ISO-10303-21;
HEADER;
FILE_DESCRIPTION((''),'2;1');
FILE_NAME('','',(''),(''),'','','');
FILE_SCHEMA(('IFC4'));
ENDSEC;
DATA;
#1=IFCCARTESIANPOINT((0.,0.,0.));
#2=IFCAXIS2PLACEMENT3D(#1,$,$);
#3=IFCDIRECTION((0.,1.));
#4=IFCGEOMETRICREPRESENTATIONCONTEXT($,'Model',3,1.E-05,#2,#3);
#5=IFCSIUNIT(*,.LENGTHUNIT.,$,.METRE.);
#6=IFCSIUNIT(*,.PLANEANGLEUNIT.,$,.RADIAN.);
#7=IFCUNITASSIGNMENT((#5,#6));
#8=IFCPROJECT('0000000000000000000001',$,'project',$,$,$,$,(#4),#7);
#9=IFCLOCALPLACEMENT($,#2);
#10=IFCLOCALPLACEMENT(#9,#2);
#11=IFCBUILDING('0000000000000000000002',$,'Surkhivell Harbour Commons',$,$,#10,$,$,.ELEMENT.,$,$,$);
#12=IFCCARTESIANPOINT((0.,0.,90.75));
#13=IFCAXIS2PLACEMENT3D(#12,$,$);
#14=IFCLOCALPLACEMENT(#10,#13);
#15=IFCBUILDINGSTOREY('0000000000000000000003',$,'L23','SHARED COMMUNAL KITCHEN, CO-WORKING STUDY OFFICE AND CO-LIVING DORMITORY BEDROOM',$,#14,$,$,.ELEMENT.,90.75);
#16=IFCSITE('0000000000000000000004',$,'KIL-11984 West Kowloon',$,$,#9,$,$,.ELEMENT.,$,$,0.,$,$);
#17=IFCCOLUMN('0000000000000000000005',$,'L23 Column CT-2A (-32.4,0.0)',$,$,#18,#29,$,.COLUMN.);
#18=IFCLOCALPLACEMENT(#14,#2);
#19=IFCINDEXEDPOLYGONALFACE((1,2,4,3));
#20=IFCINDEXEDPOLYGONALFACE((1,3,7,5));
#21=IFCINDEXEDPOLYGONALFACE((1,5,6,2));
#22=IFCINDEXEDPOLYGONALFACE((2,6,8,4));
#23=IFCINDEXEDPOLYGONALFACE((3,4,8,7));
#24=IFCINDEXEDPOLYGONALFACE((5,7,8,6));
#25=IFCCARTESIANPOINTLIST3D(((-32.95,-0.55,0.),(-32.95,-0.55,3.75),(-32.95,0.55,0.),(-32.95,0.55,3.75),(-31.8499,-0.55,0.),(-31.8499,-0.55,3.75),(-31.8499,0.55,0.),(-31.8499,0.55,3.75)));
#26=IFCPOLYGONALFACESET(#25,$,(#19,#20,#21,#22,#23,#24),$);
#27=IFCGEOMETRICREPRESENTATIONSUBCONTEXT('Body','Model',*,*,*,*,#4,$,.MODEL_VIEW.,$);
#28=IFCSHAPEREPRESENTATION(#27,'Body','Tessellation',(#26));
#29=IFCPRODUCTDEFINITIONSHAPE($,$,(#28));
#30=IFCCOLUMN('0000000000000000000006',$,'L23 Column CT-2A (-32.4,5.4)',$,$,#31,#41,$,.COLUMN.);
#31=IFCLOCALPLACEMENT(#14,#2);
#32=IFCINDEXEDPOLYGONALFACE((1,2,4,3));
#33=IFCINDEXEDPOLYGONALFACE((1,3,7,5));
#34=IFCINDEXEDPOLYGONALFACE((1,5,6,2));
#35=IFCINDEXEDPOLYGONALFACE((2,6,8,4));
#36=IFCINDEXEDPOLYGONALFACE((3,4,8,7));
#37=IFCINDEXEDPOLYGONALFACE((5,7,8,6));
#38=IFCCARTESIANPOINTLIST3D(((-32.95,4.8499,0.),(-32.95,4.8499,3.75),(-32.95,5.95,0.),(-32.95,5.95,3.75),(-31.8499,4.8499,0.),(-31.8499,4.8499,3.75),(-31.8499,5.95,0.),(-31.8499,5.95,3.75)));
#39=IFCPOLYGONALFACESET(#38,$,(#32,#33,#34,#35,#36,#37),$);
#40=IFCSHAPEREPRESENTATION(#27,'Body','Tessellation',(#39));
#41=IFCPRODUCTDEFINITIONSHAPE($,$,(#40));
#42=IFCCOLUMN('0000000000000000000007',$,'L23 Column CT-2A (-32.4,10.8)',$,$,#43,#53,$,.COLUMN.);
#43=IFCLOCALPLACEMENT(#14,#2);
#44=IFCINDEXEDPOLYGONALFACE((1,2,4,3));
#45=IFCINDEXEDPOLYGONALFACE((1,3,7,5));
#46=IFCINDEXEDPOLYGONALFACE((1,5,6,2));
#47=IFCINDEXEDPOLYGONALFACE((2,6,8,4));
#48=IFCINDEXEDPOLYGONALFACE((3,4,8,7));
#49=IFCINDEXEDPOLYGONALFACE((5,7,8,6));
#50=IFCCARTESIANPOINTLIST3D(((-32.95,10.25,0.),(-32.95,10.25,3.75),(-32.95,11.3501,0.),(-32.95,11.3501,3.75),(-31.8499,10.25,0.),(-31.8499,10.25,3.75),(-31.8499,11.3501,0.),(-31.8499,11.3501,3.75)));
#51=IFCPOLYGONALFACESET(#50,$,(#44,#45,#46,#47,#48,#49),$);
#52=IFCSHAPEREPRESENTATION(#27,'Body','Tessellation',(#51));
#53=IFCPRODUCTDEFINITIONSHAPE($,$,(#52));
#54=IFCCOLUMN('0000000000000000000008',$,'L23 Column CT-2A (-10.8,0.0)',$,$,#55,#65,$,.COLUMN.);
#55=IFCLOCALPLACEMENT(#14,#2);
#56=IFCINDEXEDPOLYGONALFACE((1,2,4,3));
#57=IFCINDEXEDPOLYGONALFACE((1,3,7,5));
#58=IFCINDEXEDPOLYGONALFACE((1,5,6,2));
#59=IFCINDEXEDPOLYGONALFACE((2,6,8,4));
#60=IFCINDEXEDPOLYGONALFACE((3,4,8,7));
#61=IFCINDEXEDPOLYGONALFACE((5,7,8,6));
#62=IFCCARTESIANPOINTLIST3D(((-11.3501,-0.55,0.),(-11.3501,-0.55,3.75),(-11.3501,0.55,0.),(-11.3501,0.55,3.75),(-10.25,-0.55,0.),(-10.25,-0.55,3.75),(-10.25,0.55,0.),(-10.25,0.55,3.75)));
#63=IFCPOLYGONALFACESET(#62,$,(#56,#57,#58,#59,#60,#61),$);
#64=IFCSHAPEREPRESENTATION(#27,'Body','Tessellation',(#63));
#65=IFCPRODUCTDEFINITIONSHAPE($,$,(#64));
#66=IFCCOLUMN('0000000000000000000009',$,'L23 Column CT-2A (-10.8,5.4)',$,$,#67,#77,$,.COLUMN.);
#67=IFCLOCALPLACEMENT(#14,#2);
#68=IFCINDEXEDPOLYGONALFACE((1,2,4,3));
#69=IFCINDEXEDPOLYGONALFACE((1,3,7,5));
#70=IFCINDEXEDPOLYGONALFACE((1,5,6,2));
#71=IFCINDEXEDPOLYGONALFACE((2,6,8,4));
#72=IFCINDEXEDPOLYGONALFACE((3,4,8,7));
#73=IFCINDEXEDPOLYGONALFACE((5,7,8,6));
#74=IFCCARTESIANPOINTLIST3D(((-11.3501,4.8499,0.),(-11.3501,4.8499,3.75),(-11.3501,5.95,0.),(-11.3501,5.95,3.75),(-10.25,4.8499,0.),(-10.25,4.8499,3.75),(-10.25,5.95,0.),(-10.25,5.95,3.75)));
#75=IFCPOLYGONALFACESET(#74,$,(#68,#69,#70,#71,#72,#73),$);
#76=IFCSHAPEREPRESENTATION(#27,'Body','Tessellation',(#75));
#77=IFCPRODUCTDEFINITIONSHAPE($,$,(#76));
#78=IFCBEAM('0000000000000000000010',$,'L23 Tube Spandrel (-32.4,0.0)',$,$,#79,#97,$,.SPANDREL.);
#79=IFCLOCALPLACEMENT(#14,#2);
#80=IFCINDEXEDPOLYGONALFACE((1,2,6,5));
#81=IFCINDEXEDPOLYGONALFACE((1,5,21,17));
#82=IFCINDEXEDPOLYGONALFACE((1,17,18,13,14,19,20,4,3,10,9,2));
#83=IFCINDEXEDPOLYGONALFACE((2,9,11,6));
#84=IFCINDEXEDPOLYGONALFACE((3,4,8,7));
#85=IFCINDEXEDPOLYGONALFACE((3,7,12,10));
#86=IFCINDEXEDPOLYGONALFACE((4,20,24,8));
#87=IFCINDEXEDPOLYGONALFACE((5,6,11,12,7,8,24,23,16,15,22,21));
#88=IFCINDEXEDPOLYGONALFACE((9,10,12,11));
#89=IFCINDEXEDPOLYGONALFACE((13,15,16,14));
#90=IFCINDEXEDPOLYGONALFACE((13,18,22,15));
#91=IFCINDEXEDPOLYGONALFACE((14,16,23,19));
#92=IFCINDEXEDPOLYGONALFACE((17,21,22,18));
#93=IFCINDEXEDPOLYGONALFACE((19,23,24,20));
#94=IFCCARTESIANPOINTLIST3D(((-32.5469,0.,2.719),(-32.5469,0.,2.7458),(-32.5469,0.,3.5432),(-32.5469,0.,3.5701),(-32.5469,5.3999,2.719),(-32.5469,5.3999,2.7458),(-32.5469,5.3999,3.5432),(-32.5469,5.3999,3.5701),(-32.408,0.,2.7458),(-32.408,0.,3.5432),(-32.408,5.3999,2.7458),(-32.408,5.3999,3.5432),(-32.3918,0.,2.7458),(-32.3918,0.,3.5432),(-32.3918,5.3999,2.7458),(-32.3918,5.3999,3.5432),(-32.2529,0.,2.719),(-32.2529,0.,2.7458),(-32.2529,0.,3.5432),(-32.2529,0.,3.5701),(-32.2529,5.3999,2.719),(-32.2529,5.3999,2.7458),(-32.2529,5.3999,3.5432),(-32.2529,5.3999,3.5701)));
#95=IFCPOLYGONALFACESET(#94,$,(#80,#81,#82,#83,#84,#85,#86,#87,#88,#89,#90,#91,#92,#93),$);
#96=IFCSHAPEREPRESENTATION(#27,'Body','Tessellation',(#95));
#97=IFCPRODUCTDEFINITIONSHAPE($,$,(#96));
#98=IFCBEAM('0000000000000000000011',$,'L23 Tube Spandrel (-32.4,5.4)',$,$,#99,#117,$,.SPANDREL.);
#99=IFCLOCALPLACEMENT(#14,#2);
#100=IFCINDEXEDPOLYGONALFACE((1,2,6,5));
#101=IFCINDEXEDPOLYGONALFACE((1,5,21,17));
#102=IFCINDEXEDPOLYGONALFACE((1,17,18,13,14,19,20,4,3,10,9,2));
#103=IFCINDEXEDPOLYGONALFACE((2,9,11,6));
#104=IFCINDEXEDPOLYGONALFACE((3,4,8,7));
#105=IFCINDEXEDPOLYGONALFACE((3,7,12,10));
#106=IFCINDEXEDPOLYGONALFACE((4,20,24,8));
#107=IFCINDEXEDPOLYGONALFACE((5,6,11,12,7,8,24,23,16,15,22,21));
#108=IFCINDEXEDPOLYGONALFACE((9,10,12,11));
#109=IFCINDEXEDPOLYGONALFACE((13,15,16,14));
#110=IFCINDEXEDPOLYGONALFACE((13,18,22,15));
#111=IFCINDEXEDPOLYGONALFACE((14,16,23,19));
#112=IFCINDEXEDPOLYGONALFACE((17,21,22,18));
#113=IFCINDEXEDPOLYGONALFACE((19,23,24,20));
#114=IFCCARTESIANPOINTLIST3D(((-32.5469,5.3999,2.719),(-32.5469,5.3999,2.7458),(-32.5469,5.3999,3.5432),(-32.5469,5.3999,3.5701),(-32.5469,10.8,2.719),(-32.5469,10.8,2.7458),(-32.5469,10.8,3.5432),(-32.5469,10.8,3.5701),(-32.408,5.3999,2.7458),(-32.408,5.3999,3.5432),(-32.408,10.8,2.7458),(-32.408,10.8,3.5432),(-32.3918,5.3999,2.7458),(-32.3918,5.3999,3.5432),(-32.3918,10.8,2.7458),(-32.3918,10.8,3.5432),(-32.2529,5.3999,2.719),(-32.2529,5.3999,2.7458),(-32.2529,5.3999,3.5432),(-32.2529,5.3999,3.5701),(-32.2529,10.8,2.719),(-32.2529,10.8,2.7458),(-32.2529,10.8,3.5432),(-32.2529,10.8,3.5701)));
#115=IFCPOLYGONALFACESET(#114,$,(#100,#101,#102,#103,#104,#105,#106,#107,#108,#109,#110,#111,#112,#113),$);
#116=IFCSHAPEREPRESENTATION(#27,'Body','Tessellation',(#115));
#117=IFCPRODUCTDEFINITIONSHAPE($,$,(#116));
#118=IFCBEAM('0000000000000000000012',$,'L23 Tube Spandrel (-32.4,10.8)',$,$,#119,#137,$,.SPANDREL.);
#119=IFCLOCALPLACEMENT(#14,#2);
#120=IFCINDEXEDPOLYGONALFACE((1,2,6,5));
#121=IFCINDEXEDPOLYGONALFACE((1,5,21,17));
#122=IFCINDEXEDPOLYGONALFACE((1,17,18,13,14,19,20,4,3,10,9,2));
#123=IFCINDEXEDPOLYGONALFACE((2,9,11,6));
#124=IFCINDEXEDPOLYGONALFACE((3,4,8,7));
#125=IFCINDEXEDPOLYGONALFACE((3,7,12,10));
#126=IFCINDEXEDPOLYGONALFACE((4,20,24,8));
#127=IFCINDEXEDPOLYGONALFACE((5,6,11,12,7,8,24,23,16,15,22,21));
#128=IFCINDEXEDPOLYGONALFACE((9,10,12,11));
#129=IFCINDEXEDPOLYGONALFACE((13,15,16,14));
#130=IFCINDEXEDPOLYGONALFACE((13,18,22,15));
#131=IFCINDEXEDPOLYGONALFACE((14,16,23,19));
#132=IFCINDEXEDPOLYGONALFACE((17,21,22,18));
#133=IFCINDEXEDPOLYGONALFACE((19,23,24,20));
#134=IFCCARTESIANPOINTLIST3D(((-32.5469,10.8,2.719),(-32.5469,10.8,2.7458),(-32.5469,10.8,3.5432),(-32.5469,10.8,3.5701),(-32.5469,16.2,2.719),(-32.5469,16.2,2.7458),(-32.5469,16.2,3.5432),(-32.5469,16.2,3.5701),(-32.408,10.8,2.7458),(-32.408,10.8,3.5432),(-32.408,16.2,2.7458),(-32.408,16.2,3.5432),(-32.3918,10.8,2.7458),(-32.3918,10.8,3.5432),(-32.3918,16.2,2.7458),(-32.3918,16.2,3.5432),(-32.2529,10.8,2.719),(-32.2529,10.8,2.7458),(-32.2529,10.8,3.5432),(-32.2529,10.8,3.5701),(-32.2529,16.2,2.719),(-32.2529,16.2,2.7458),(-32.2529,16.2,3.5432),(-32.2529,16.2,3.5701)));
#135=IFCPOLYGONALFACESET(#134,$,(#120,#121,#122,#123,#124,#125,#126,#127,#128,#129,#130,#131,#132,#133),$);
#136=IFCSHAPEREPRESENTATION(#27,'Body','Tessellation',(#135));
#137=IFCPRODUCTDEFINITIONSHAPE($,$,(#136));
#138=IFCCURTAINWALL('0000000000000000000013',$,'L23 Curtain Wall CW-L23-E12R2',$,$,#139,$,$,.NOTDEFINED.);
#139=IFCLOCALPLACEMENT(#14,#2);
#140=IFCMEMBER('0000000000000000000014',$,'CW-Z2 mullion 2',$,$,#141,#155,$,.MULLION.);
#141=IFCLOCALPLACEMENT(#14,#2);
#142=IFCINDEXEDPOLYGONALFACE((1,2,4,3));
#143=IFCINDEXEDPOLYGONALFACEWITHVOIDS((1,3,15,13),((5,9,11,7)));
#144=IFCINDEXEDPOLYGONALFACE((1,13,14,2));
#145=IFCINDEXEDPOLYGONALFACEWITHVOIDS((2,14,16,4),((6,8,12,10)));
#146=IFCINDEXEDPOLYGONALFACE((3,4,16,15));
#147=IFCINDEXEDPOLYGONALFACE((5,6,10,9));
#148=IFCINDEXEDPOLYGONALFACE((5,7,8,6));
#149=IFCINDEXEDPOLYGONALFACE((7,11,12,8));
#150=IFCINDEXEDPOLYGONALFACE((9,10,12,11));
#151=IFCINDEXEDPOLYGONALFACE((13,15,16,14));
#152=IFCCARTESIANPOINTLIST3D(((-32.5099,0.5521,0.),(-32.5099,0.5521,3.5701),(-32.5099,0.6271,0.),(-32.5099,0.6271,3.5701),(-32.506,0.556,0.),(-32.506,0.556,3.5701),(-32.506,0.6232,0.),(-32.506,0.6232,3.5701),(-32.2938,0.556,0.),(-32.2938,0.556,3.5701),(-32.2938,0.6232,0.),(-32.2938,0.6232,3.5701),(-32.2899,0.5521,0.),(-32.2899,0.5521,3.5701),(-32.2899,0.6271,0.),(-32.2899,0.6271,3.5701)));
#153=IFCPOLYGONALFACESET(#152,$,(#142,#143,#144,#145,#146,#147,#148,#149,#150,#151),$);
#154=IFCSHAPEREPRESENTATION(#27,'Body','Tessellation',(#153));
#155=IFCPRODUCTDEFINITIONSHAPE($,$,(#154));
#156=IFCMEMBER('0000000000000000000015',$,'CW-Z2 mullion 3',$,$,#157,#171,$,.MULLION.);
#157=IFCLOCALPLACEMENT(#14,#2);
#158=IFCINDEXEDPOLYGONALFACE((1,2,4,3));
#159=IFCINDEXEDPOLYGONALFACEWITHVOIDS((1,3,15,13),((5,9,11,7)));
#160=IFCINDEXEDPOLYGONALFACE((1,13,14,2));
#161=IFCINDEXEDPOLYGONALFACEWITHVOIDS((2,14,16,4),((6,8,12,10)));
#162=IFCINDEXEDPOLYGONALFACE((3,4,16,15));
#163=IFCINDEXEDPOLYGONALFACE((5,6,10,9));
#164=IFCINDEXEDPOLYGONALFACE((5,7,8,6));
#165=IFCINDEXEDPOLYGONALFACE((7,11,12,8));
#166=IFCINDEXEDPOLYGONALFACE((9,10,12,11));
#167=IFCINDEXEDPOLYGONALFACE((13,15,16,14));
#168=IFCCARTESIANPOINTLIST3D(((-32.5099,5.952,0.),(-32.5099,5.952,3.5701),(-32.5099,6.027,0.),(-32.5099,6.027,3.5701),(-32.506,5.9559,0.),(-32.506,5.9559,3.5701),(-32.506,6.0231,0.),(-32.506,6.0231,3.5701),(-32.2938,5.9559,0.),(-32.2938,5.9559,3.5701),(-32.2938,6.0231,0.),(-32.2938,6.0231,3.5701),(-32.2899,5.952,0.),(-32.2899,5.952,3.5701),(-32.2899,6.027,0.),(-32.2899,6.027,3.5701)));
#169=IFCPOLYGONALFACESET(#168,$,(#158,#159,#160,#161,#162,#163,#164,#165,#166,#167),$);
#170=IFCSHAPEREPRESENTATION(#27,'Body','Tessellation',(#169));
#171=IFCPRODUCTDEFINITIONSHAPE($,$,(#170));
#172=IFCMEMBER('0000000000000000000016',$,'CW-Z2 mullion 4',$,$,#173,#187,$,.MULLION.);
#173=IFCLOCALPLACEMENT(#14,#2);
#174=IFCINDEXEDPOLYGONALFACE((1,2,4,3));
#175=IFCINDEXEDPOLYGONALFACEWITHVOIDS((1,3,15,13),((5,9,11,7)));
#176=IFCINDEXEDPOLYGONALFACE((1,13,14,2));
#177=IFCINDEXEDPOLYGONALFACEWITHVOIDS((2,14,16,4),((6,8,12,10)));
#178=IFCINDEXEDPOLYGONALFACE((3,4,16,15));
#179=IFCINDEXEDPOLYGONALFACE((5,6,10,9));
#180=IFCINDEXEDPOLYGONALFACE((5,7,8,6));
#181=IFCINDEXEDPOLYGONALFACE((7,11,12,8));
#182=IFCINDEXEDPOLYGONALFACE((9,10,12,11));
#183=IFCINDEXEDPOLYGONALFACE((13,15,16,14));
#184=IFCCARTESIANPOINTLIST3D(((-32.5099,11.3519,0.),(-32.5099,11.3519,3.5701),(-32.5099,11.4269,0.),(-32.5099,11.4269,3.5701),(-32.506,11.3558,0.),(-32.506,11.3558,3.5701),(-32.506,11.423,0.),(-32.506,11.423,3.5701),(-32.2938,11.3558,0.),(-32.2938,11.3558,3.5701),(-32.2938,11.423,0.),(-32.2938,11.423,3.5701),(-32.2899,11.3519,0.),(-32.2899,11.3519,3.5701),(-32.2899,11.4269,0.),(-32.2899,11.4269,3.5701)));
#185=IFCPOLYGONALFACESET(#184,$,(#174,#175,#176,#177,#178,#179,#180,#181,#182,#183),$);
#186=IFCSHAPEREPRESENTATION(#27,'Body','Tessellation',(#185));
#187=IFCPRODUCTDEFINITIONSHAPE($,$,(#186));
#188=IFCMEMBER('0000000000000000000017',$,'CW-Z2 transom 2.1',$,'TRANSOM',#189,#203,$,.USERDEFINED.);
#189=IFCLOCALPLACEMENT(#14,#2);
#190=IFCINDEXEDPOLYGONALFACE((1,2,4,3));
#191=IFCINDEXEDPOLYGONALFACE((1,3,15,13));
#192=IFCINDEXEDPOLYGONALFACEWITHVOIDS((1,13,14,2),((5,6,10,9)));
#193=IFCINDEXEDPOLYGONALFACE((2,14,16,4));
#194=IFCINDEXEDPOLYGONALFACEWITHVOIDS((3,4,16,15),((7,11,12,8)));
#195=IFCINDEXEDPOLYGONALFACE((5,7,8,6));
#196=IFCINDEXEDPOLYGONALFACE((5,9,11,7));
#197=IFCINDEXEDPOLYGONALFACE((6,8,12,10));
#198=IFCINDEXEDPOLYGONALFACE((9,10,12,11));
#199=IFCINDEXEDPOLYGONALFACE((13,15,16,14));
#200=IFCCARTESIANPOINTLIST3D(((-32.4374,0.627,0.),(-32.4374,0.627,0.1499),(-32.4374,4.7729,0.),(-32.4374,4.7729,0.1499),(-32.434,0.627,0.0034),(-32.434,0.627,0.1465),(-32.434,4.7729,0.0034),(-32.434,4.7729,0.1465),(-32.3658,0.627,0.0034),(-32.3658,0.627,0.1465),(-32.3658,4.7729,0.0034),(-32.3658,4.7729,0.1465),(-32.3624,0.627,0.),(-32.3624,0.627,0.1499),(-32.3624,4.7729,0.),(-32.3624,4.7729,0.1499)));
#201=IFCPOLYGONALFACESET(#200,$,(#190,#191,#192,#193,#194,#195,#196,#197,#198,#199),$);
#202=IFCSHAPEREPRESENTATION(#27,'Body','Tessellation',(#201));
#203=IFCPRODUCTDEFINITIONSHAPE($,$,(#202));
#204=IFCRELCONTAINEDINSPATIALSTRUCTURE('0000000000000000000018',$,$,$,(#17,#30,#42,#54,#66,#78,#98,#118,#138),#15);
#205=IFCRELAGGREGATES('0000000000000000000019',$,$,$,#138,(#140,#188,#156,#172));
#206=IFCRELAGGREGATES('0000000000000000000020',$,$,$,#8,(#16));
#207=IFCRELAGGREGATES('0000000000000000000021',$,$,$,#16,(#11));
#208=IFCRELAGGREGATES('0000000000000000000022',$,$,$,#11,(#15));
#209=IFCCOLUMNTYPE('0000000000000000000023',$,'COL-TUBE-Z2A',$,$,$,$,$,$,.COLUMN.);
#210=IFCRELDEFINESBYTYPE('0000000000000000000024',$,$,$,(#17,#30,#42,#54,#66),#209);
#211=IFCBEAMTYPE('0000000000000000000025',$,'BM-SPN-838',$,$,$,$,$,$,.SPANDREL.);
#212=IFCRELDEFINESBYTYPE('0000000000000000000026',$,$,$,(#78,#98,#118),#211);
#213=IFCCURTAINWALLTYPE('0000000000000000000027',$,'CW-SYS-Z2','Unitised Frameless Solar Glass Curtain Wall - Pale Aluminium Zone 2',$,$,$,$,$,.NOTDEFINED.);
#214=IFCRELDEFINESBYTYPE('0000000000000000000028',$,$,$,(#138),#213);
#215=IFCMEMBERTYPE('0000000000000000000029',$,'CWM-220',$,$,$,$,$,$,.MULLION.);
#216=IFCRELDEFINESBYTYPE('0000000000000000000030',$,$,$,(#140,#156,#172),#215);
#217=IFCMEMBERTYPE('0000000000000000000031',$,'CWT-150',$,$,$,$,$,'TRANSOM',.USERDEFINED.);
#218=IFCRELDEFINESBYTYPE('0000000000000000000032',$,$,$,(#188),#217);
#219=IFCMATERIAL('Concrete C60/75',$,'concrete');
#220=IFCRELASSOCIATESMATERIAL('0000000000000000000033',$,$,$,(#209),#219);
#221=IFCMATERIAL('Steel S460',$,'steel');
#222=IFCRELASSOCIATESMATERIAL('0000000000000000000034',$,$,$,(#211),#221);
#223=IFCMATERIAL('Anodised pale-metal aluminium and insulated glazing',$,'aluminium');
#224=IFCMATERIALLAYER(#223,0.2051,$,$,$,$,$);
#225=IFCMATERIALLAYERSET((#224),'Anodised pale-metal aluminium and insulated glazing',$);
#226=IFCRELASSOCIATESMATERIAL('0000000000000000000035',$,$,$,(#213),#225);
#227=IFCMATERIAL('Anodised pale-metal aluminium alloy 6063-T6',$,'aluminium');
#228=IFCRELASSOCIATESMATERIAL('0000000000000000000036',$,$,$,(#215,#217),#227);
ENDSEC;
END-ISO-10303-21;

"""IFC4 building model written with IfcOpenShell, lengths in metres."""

from ifc_helpers import new_model, si_unit, direction, frame, origin, origin_2d, place, context, subcontext, project, spatial, rectangle, hollow_rectangle, i_section, extrude, material, layer, layer_set, material_profile, profile_set, type_object, element, aggregate, save


model = new_model("IFC4")

# Units and contexts
model_context = context("Model", 3, precision=1e-05, world=origin(), true_north=direction((0.0, 1.0)))
body_context = subcontext(model_context, "Body", "Model", "MODEL_VIEW")
ifc_project = project(units=[si_unit("LENGTHUNIT", "METRE"), si_unit("PLANEANGLEUNIT", "RADIAN")], contexts=[model_context])

# Site, building, storey
site_placement = place(None, origin())
site = spatial("IfcSite", under=ifc_project, at=site_placement, Name="KIL-11984 West Kowloon", CompositionType="ELEMENT", RefElevation=0.0)
building_placement = place(site_placement, origin())
building = spatial("IfcBuilding", under=site, at=building_placement, Name="Surkhivell Harbour Commons", CompositionType="ELEMENT")
storey_placement = place(building_placement, frame((0.0, 0.0, 90.75)))
storey = spatial("IfcBuildingStorey", under=building, at=storey_placement, Name="L23", Description="SHARED COMMUNAL KITCHEN, CO-WORKING STUDY OFFICE AND CO-LIVING DORMITORY BEDROOM", CompositionType="ELEMENT", Elevation=90.75)

# Columns
ifc_material_1 = material(Name="Concrete C60/75", Category="concrete")
ifc_material_profile_1 = material_profile(ifc_material_1, rectangle(XDim=1.1001, YDim=1.1001, at=origin_2d()), Name="RC-COL-1100x1100")
ifc_profile_set_1 = profile_set([ifc_material_profile_1], Name="Concrete C60/75")
column_type = type_object("IfcColumnType", Name="COL-TUBE-Z2A", PredefinedType="COLUMN", material=ifc_profile_set_1)
for number, where, z_axis, x_axis, name in (
    (1, (-32.3999, 0.0, 0.0), (0.0, 0.0, 1.0), (1.0, 0.0, 0.0), "L23 Column CT-2A (-32.4,0.0)"),
    (2, (-32.3999, 5.3999, 0.0), (0.0, 0.0, 1.0), (1.0, 0.0, 0.0), "L23 Column CT-2A (-32.4,5.4)"),
    (3, (-32.3999, 10.8, 0.0), (0.0, 0.0, 1.0), (1.0, 0.0, 0.0), "L23 Column CT-2A (-32.4,10.8)"),
    (4, (-10.8, 0.0, 0.0), (0.0, 0.0, 1.0), (1.0, 0.0, 0.0), "L23 Column CT-2A (-10.8,0.0)"),
    (5, (-10.8, 5.3999, 0.0), (0.0, 0.0, 1.0), (1.0, 0.0, 0.0), "L23 Column CT-2A (-10.8,5.4)"),
):
    element("IfcColumn", number, at=place(storey_placement, frame(where, z_axis=z_axis, x_axis=x_axis)), inside=storey, type_object=column_type, Name=name, PredefinedType="COLUMN", context=body_context, shape_type="SweptSolid", body=[
        extrude(rectangle(XDim=1.1001, YDim=1.1001, at=origin_2d()), origin(), (0.0, 0.0, 1.0), 3.75),
    ])

# Beams
ifc_material_2 = material(Name="Steel S460", Category="steel")
ifc_material_profile_2 = material_profile(ifc_material_2, i_section(OverallWidth=0.2939, OverallDepth=0.8511, WebThickness=0.0161, FlangeThickness=0.0269, at=origin_2d()), Name="UB838x292x226")
ifc_profile_set_2 = profile_set([ifc_material_profile_2], Name="Steel S460")
beam_type = type_object("IfcBeamType", Name="BM-SPN-838", PredefinedType="SPANDREL", material=ifc_profile_set_2)
beam_1_placement = place(storey_placement, frame((-32.3999, 0.0, 3.1445), z_axis=(0.0, 1.0, 0.0), x_axis=(-1.0, 0.0, 0.0)))
element("IfcBeam", 6, at=beam_1_placement, inside=storey, type_object=beam_type, Name="L23 Tube Spandrel (-32.4,0.0)", PredefinedType="SPANDREL", context=body_context, shape_type="SweptSolid", body=[
    extrude(i_section(OverallWidth=0.2939, OverallDepth=0.8511, WebThickness=0.0161, FlangeThickness=0.0269, at=origin_2d()), origin(), (0.0, 0.0, 1.0), 5.3999),
])
beam_2_placement = place(storey_placement, frame((-32.3999, 5.3999, 3.1445), z_axis=(0.0, 1.0, 0.0), x_axis=(-1.0, 0.0, 0.0)))
element("IfcBeam", 7, at=beam_2_placement, inside=storey, type_object=beam_type, Name="L23 Tube Spandrel (-32.4,5.4)", PredefinedType="SPANDREL", context=body_context, shape_type="SweptSolid", body=[
    extrude(i_section(OverallWidth=0.2939, OverallDepth=0.8511, WebThickness=0.0161, FlangeThickness=0.0269, at=origin_2d()), origin(), (0.0, 0.0, 1.0), 5.4001),
])
beam_3_placement = place(storey_placement, frame((-32.3999, 10.8, 3.1445), z_axis=(0.0, 1.0, 0.0), x_axis=(-1.0, 0.0, 0.0)))
element("IfcBeam", 8, at=beam_3_placement, inside=storey, type_object=beam_type, Name="L23 Tube Spandrel (-32.4,10.8)", PredefinedType="SPANDREL", context=body_context, shape_type="SweptSolid", body=[
    extrude(i_section(OverallWidth=0.2939, OverallDepth=0.8511, WebThickness=0.0161, FlangeThickness=0.0269, at=origin_2d()), origin(), (0.0, 0.0, 1.0), 5.3999),
])

# Curtain wall, members
ifc_material_3 = material(Name="Anodised pale-metal aluminium and insulated glazing", Category="aluminium")
ifc_layer_1 = layer(ifc_material_3, 0.2051)
ifc_layer_set_1 = layer_set([ifc_layer_1], Name="Anodised pale-metal aluminium and insulated glazing")
curtain_wall_type = type_object("IfcCurtainWallType", Name="CW-SYS-Z2", Description="Unitised Frameless Solar Glass Curtain Wall - Pale Aluminium Zone 2", PredefinedType="NOTDEFINED", material=ifc_layer_set_1)
curtain_wall_placement = place(storey_placement, origin())
curtain_wall = element("IfcCurtainWall", 9, at=curtain_wall_placement, inside=storey, type_object=curtain_wall_type, Name="L23 Curtain Wall CW-L23-E12R2", PredefinedType="NOTDEFINED")
ifc_material_4 = material(Name="Anodised pale-metal aluminium alloy 6063-T6", Category="aluminium")
ifc_material_profile_3 = material_profile(ifc_material_4, hollow_rectangle(XDim=0.075, YDim=0.22, WallThickness=0.0039, at=origin_2d()), Name="ALU-MULL-75x220")
ifc_profile_set_3 = profile_set([ifc_material_profile_3], Name="Anodised pale-metal aluminium alloy 6063-T6")
member_type_1 = type_object("IfcMemberType", Name="CWM-220", PredefinedType="MULLION", material=ifc_profile_set_3)
member_1_placement = place(storey_placement, frame((-32.3999, 0.5896, 0.0), z_axis=(0.0, 0.0, 1.0), x_axis=(0.0, 1.0, 0.0)))
member_1 = element("IfcMember", 10, at=member_1_placement, type_object=member_type_1, Name="CW-Z2 mullion 2", PredefinedType="MULLION", context=body_context, shape_type="SweptSolid", body=[
    extrude(hollow_rectangle(XDim=0.075, YDim=0.22, WallThickness=0.0039, at=origin_2d()), origin(), (0.0, 0.0, 1.0), 3.5701),
])
member_2_placement = place(storey_placement, frame((-32.3999, 5.9895, 0.0), z_axis=(0.0, 0.0, 1.0), x_axis=(0.0, 1.0, 0.0)))
member_2 = element("IfcMember", 11, at=member_2_placement, type_object=member_type_1, Name="CW-Z2 mullion 3", PredefinedType="MULLION", context=body_context, shape_type="SweptSolid", body=[
    extrude(hollow_rectangle(XDim=0.075, YDim=0.22, WallThickness=0.0039, at=origin_2d()), origin(), (0.0, 0.0, 1.0), 3.5701),
])
member_3_placement = place(storey_placement, frame((-32.3999, 11.3894, 0.0), z_axis=(0.0, 0.0, 1.0), x_axis=(0.0, 1.0, 0.0)))
member_3 = element("IfcMember", 12, at=member_3_placement, type_object=member_type_1, Name="CW-Z2 mullion 4", PredefinedType="MULLION", context=body_context, shape_type="SweptSolid", body=[
    extrude(hollow_rectangle(XDim=0.075, YDim=0.22, WallThickness=0.0039, at=origin_2d()), origin(), (0.0, 0.0, 1.0), 3.5701),
])
ifc_material_profile_4 = material_profile(ifc_material_4, hollow_rectangle(XDim=0.075, YDim=0.1499, WallThickness=0.0034, at=origin_2d()), Name="ALU-TRAN-75x150")
ifc_profile_set_4 = profile_set([ifc_material_profile_4], Name="Anodised pale-metal aluminium alloy 6063-T6")
member_type_2 = type_object("IfcMemberType", Name="CWT-150", ElementType="TRANSOM", PredefinedType="USERDEFINED", material=ifc_profile_set_4)
member_4_placement = place(storey_placement, frame((-32.3999, 0.627, 0.075), z_axis=(0.0, 1.0, 0.0), x_axis=(-1.0, 0.0, 0.0)))
member_4 = element("IfcMember", 13, at=member_4_placement, type_object=member_type_2, Name="CW-Z2 transom 2.1", ObjectType="TRANSOM", PredefinedType="USERDEFINED", context=body_context, shape_type="SweptSolid", body=[
    extrude(hollow_rectangle(XDim=0.075, YDim=0.1499, WallThickness=0.0034, at=origin_2d()), origin(), (0.0, 0.0, 1.0), 4.146),
])
aggregate(curtain_wall, [member_1, member_4, member_2, member_3])

save(model, "model.ifc")
